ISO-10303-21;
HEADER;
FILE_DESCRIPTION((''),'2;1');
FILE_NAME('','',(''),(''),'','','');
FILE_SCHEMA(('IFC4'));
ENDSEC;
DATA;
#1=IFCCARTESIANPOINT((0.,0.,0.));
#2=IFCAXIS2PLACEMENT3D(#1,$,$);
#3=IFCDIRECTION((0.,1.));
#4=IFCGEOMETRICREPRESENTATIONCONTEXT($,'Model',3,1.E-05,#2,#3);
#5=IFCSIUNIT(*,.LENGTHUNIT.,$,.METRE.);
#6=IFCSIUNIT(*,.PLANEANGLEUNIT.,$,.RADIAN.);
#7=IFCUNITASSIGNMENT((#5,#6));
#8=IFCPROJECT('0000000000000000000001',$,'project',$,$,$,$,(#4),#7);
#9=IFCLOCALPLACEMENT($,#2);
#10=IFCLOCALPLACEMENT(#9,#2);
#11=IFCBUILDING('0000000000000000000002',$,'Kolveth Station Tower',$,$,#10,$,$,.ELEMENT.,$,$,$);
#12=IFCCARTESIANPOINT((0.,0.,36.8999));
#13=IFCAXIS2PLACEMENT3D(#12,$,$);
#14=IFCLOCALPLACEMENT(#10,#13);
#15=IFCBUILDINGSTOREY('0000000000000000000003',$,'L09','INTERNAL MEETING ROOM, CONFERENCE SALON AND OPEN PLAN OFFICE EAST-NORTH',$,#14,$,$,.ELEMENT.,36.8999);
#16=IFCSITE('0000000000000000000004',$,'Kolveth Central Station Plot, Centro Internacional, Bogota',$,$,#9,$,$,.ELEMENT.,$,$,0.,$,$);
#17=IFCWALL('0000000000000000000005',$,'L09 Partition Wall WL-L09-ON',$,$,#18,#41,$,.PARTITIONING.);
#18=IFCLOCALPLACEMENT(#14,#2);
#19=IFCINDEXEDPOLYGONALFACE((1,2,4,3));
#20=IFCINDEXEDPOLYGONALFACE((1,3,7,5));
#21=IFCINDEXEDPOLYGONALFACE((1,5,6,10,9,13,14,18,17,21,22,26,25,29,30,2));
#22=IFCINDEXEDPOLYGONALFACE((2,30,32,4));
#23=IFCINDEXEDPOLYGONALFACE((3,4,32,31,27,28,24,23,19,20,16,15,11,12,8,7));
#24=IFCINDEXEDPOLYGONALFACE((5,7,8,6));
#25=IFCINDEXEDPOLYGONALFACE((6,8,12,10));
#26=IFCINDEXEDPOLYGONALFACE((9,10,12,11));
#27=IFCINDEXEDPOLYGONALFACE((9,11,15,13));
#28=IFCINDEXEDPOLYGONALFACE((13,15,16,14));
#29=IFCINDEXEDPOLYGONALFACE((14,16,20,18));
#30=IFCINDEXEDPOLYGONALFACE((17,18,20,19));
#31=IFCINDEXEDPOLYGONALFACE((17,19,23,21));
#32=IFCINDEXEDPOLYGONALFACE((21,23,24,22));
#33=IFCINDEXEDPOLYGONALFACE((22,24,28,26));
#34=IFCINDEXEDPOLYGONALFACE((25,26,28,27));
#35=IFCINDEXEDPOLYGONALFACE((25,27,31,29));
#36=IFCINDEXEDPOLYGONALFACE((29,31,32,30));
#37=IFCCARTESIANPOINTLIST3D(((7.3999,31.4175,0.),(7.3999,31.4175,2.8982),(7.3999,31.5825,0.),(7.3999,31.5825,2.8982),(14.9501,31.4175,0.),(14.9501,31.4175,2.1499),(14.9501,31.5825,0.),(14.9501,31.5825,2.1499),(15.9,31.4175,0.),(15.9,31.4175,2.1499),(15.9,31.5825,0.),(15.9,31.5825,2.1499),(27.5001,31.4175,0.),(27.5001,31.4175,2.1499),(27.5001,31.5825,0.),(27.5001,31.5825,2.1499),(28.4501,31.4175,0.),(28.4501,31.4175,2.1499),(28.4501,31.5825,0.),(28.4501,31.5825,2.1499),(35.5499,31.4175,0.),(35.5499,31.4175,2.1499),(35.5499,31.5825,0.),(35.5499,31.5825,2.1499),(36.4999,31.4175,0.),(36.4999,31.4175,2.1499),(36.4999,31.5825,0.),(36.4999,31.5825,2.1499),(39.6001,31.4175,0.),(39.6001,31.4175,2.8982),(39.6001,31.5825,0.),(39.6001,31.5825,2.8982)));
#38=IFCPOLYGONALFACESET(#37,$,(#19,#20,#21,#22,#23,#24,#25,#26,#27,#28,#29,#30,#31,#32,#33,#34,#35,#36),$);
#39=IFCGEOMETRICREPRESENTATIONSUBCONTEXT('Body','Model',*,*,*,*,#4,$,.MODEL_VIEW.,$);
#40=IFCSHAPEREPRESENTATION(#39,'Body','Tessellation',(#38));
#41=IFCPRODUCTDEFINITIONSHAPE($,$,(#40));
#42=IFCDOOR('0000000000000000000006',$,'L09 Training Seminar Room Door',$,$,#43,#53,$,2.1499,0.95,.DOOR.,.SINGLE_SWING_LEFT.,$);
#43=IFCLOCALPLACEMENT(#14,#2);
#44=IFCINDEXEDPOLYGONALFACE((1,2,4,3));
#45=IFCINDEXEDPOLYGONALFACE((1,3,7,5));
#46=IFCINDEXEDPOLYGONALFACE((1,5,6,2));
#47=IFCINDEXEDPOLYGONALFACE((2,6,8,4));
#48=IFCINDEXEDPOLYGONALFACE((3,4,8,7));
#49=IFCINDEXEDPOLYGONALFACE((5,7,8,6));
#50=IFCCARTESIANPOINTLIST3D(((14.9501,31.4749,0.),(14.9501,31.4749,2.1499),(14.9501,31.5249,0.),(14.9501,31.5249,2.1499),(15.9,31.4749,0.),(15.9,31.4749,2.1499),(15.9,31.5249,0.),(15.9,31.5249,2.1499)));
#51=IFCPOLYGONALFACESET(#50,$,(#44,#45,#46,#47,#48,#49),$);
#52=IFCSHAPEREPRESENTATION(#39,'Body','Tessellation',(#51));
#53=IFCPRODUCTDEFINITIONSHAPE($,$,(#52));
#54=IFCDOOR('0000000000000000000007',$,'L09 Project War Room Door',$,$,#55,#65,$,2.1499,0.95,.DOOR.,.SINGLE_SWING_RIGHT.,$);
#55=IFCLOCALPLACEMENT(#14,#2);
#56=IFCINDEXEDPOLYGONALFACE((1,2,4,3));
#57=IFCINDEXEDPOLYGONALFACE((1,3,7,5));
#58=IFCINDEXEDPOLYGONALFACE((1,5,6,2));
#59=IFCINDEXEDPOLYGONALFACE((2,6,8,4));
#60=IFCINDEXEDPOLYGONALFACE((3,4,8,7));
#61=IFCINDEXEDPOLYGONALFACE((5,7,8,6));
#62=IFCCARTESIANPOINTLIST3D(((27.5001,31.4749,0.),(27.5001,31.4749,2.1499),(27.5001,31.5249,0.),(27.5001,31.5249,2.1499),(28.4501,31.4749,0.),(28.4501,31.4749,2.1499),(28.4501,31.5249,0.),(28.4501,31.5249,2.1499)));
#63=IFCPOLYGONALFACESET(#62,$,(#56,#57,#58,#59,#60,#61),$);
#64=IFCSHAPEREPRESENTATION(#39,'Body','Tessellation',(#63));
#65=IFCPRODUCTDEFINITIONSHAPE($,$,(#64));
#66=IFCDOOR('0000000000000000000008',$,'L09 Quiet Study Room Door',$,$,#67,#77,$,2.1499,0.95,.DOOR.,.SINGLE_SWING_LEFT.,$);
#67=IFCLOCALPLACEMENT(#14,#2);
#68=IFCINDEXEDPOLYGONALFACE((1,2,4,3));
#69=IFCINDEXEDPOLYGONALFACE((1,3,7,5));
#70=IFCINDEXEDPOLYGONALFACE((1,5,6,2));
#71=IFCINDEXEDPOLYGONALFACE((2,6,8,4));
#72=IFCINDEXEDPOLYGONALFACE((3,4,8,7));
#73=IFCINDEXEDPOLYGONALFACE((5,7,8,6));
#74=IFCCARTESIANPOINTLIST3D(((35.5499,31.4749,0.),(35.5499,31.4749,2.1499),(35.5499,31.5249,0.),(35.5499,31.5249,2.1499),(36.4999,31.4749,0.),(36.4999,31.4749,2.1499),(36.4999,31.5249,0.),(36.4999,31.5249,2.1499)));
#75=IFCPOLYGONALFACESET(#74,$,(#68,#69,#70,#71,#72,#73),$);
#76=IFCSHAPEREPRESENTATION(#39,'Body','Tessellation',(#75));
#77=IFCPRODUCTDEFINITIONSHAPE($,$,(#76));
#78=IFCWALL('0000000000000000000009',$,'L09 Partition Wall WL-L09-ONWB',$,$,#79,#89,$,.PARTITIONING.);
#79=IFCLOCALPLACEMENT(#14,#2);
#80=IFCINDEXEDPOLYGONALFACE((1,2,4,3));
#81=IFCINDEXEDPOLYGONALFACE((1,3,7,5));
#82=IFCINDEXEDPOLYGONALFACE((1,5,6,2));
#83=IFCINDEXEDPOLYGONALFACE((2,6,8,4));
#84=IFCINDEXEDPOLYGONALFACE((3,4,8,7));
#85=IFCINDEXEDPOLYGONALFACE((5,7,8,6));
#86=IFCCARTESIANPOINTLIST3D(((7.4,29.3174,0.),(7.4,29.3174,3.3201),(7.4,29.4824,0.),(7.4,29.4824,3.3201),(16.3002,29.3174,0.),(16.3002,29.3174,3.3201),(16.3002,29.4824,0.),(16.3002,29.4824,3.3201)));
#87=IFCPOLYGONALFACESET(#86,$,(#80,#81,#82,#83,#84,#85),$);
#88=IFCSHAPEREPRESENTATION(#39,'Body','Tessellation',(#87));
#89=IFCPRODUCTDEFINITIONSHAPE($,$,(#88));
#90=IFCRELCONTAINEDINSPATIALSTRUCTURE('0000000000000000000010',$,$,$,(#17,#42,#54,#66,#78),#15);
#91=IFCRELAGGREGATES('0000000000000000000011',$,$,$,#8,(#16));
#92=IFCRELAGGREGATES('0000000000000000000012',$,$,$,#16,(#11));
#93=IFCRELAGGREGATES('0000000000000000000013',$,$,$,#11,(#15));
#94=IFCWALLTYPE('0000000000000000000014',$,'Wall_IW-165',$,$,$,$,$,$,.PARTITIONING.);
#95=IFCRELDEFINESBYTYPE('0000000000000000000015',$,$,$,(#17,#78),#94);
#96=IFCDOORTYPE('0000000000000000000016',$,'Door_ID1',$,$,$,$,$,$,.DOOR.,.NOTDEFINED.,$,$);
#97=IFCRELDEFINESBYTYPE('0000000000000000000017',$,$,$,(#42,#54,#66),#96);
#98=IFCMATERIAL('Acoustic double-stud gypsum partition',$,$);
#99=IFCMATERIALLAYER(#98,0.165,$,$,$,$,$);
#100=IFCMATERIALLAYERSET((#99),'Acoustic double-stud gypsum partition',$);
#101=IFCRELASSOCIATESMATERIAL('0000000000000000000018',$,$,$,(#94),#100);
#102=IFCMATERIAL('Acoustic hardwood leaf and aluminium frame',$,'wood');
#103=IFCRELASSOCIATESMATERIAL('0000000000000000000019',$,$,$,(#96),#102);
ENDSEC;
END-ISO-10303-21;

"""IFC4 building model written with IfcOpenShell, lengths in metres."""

from ifc_helpers import new_model, si_unit, direction, frame, frame_2d, origin, place, context, subcontext, project, spatial, rectangle, extrude, material, layer, layer_set, type_object, element, fill, save


model = new_model("IFC4")

# Units and contexts
model_context = context("Model", 3, precision=1e-05, world=origin(), true_north=direction((0.0, 1.0)))
body_context = subcontext(model_context, "Body", "Model", "MODEL_VIEW")
ifc_project = project(units=[si_unit("LENGTHUNIT", "METRE"), si_unit("PLANEANGLEUNIT", "RADIAN")], contexts=[model_context])

# Site, building, storey
site_placement = place(None, origin())
site = spatial("IfcSite", under=ifc_project, at=site_placement, Name="Kolveth Central Station Plot, Centro Internacional, Bogota", CompositionType="ELEMENT", RefElevation=0.0)
building_placement = place(site_placement, origin())
building = spatial("IfcBuilding", under=site, at=building_placement, Name="Kolveth Station Tower", CompositionType="ELEMENT")
storey_placement = place(building_placement, frame((0.0, 0.0, 36.8999)))
storey = spatial("IfcBuildingStorey", under=building, at=storey_placement, Name="L09", Description="INTERNAL MEETING ROOM, CONFERENCE SALON AND OPEN PLAN OFFICE EAST-NORTH", CompositionType="ELEMENT", Elevation=36.8999)

# Wall, openings, doors
ifc_material_1 = material(Name="Acoustic double-stud gypsum partition")
ifc_layer_1 = layer(ifc_material_1, 0.165)
ifc_layer_set_1 = layer_set([ifc_layer_1], Name="Acoustic double-stud gypsum partition")
wall_type = type_object("IfcWallType", Name="Wall_IW-165", PredefinedType="PARTITIONING", material=ifc_layer_set_1)
wall_1_placement = place(storey_placement, frame((7.3999, 31.5, 0.0), z_axis=(0.0, 0.0, 1.0), x_axis=(1.0, 0.0, 0.0)))
wall_1 = element("IfcWall", 1, at=wall_1_placement, inside=storey, type_object=wall_type, Name="L09 Partition Wall WL-L09-ON", PredefinedType="PARTITIONING", context=body_context, shape_type="SweptSolid", body=[
    extrude(rectangle(XDim=32.2002, YDim=0.165, at=frame_2d((16.1001, 0.0))), origin(), (0.0, 0.0, 1.0), 2.8982),
])
opening_1_placement = place(wall_1_placement, frame((7.55, 0.0, 0.0)))
opening_1 = element("IfcOpeningElement", 2, at=opening_1_placement, cuts=wall_1, PredefinedType="OPENING", context=body_context, shape_type="SweptSolid", body=[
    extrude(rectangle(XDim=0.95, YDim=2.1499, at=frame_2d((0.4751, 1.075))), frame((0.0, 0.0925, 0.0), z_axis=(0.0, -1.0, 0.0), x_axis=(1.0, 0.0, 0.0)), (0.0, 0.0, 1.0), 0.1851),
])
opening_2_placement = place(wall_1_placement, frame((20.1001, 0.0, 0.0)))
opening_2 = element("IfcOpeningElement", 3, at=opening_2_placement, cuts=wall_1, PredefinedType="OPENING", context=body_context, shape_type="SweptSolid", body=[
    extrude(rectangle(XDim=0.95, YDim=2.1499, at=frame_2d((0.4751, 1.075))), frame((0.0, 0.0925, 0.0), z_axis=(0.0, -1.0, 0.0), x_axis=(1.0, 0.0, 0.0)), (0.0, 0.0, 1.0), 0.1851),
])
opening_3_placement = place(wall_1_placement, frame((28.1499, 0.0, 0.0)))
opening_3 = element("IfcOpeningElement", 4, at=opening_3_placement, cuts=wall_1, PredefinedType="OPENING", context=body_context, shape_type="SweptSolid", body=[
    extrude(rectangle(XDim=0.95, YDim=2.1499, at=frame_2d((0.4751, 1.075))), frame((0.0, 0.0925, 0.0), z_axis=(0.0, -1.0, 0.0), x_axis=(1.0, 0.0, 0.0)), (0.0, 0.0, 1.0), 0.1851),
])
ifc_material_2 = material(Name="Acoustic hardwood leaf and aluminium frame", Category="wood")
door_type = type_object("IfcDoorType", Name="Door_ID1", OperationType="NOTDEFINED", PredefinedType="DOOR", material=ifc_material_2)
door_1_placement = place(opening_1_placement, origin())
door_1 = element("IfcDoor", 5, at=door_1_placement, inside=storey, type_object=door_type, Name="L09 Training Seminar Room Door", OperationType="SINGLE_SWING_LEFT", OverallHeight=2.1499, OverallWidth=0.95, PredefinedType="DOOR", context=body_context, shape_type="SweptSolid", body=[
    extrude(rectangle(XDim=0.95, YDim=2.1499, at=frame_2d((0.4751, 1.075))), frame((0.0, 0.0249, 0.0), z_axis=(0.0, -1.0, 0.0), x_axis=(1.0, 0.0, 0.0)), (0.0, 0.0, 1.0), 0.05),
])
fill(opening_1, door_1)
door_2_placement = place(opening_2_placement, origin())
door_2 = element("IfcDoor", 6, at=door_2_placement, inside=storey, type_object=door_type, Name="L09 Project War Room Door", OperationType="SINGLE_SWING_RIGHT", OverallHeight=2.1499, OverallWidth=0.95, PredefinedType="DOOR", context=body_context, shape_type="SweptSolid", body=[
    extrude(rectangle(XDim=0.95, YDim=2.1499, at=frame_2d((0.4751, 1.075))), frame((0.0, 0.0249, 0.0), z_axis=(0.0, -1.0, 0.0), x_axis=(1.0, 0.0, 0.0)), (0.0, 0.0, 1.0), 0.05),
])
fill(opening_2, door_2)
door_3_placement = place(opening_3_placement, origin())
door_3 = element("IfcDoor", 7, at=door_3_placement, inside=storey, type_object=door_type, Name="L09 Quiet Study Room Door", OperationType="SINGLE_SWING_LEFT", OverallHeight=2.1499, OverallWidth=0.95, PredefinedType="DOOR", context=body_context, shape_type="SweptSolid", body=[
    extrude(rectangle(XDim=0.95, YDim=2.1499, at=frame_2d((0.4751, 1.075))), frame((0.0, 0.0249, 0.0), z_axis=(0.0, -1.0, 0.0), x_axis=(1.0, 0.0, 0.0)), (0.0, 0.0, 1.0), 0.05),
])
fill(opening_3, door_3)

# Wall
wall_2_placement = place(storey_placement, frame((7.3999, 29.3999, 0.0), z_axis=(0.0, 0.0, 1.0), x_axis=(1.0, 0.0, 0.0)))
element("IfcWall", 8, at=wall_2_placement, inside=storey, type_object=wall_type, Name="L09 Partition Wall WL-L09-ONWB", PredefinedType="PARTITIONING", context=body_context, shape_type="SweptSolid", body=[
    extrude(rectangle(XDim=8.9001, YDim=0.165, at=frame_2d((4.4502, 0.0))), origin(), (0.0, 0.0, 1.0), 3.3201),
])

save(model, "model.ifc")
